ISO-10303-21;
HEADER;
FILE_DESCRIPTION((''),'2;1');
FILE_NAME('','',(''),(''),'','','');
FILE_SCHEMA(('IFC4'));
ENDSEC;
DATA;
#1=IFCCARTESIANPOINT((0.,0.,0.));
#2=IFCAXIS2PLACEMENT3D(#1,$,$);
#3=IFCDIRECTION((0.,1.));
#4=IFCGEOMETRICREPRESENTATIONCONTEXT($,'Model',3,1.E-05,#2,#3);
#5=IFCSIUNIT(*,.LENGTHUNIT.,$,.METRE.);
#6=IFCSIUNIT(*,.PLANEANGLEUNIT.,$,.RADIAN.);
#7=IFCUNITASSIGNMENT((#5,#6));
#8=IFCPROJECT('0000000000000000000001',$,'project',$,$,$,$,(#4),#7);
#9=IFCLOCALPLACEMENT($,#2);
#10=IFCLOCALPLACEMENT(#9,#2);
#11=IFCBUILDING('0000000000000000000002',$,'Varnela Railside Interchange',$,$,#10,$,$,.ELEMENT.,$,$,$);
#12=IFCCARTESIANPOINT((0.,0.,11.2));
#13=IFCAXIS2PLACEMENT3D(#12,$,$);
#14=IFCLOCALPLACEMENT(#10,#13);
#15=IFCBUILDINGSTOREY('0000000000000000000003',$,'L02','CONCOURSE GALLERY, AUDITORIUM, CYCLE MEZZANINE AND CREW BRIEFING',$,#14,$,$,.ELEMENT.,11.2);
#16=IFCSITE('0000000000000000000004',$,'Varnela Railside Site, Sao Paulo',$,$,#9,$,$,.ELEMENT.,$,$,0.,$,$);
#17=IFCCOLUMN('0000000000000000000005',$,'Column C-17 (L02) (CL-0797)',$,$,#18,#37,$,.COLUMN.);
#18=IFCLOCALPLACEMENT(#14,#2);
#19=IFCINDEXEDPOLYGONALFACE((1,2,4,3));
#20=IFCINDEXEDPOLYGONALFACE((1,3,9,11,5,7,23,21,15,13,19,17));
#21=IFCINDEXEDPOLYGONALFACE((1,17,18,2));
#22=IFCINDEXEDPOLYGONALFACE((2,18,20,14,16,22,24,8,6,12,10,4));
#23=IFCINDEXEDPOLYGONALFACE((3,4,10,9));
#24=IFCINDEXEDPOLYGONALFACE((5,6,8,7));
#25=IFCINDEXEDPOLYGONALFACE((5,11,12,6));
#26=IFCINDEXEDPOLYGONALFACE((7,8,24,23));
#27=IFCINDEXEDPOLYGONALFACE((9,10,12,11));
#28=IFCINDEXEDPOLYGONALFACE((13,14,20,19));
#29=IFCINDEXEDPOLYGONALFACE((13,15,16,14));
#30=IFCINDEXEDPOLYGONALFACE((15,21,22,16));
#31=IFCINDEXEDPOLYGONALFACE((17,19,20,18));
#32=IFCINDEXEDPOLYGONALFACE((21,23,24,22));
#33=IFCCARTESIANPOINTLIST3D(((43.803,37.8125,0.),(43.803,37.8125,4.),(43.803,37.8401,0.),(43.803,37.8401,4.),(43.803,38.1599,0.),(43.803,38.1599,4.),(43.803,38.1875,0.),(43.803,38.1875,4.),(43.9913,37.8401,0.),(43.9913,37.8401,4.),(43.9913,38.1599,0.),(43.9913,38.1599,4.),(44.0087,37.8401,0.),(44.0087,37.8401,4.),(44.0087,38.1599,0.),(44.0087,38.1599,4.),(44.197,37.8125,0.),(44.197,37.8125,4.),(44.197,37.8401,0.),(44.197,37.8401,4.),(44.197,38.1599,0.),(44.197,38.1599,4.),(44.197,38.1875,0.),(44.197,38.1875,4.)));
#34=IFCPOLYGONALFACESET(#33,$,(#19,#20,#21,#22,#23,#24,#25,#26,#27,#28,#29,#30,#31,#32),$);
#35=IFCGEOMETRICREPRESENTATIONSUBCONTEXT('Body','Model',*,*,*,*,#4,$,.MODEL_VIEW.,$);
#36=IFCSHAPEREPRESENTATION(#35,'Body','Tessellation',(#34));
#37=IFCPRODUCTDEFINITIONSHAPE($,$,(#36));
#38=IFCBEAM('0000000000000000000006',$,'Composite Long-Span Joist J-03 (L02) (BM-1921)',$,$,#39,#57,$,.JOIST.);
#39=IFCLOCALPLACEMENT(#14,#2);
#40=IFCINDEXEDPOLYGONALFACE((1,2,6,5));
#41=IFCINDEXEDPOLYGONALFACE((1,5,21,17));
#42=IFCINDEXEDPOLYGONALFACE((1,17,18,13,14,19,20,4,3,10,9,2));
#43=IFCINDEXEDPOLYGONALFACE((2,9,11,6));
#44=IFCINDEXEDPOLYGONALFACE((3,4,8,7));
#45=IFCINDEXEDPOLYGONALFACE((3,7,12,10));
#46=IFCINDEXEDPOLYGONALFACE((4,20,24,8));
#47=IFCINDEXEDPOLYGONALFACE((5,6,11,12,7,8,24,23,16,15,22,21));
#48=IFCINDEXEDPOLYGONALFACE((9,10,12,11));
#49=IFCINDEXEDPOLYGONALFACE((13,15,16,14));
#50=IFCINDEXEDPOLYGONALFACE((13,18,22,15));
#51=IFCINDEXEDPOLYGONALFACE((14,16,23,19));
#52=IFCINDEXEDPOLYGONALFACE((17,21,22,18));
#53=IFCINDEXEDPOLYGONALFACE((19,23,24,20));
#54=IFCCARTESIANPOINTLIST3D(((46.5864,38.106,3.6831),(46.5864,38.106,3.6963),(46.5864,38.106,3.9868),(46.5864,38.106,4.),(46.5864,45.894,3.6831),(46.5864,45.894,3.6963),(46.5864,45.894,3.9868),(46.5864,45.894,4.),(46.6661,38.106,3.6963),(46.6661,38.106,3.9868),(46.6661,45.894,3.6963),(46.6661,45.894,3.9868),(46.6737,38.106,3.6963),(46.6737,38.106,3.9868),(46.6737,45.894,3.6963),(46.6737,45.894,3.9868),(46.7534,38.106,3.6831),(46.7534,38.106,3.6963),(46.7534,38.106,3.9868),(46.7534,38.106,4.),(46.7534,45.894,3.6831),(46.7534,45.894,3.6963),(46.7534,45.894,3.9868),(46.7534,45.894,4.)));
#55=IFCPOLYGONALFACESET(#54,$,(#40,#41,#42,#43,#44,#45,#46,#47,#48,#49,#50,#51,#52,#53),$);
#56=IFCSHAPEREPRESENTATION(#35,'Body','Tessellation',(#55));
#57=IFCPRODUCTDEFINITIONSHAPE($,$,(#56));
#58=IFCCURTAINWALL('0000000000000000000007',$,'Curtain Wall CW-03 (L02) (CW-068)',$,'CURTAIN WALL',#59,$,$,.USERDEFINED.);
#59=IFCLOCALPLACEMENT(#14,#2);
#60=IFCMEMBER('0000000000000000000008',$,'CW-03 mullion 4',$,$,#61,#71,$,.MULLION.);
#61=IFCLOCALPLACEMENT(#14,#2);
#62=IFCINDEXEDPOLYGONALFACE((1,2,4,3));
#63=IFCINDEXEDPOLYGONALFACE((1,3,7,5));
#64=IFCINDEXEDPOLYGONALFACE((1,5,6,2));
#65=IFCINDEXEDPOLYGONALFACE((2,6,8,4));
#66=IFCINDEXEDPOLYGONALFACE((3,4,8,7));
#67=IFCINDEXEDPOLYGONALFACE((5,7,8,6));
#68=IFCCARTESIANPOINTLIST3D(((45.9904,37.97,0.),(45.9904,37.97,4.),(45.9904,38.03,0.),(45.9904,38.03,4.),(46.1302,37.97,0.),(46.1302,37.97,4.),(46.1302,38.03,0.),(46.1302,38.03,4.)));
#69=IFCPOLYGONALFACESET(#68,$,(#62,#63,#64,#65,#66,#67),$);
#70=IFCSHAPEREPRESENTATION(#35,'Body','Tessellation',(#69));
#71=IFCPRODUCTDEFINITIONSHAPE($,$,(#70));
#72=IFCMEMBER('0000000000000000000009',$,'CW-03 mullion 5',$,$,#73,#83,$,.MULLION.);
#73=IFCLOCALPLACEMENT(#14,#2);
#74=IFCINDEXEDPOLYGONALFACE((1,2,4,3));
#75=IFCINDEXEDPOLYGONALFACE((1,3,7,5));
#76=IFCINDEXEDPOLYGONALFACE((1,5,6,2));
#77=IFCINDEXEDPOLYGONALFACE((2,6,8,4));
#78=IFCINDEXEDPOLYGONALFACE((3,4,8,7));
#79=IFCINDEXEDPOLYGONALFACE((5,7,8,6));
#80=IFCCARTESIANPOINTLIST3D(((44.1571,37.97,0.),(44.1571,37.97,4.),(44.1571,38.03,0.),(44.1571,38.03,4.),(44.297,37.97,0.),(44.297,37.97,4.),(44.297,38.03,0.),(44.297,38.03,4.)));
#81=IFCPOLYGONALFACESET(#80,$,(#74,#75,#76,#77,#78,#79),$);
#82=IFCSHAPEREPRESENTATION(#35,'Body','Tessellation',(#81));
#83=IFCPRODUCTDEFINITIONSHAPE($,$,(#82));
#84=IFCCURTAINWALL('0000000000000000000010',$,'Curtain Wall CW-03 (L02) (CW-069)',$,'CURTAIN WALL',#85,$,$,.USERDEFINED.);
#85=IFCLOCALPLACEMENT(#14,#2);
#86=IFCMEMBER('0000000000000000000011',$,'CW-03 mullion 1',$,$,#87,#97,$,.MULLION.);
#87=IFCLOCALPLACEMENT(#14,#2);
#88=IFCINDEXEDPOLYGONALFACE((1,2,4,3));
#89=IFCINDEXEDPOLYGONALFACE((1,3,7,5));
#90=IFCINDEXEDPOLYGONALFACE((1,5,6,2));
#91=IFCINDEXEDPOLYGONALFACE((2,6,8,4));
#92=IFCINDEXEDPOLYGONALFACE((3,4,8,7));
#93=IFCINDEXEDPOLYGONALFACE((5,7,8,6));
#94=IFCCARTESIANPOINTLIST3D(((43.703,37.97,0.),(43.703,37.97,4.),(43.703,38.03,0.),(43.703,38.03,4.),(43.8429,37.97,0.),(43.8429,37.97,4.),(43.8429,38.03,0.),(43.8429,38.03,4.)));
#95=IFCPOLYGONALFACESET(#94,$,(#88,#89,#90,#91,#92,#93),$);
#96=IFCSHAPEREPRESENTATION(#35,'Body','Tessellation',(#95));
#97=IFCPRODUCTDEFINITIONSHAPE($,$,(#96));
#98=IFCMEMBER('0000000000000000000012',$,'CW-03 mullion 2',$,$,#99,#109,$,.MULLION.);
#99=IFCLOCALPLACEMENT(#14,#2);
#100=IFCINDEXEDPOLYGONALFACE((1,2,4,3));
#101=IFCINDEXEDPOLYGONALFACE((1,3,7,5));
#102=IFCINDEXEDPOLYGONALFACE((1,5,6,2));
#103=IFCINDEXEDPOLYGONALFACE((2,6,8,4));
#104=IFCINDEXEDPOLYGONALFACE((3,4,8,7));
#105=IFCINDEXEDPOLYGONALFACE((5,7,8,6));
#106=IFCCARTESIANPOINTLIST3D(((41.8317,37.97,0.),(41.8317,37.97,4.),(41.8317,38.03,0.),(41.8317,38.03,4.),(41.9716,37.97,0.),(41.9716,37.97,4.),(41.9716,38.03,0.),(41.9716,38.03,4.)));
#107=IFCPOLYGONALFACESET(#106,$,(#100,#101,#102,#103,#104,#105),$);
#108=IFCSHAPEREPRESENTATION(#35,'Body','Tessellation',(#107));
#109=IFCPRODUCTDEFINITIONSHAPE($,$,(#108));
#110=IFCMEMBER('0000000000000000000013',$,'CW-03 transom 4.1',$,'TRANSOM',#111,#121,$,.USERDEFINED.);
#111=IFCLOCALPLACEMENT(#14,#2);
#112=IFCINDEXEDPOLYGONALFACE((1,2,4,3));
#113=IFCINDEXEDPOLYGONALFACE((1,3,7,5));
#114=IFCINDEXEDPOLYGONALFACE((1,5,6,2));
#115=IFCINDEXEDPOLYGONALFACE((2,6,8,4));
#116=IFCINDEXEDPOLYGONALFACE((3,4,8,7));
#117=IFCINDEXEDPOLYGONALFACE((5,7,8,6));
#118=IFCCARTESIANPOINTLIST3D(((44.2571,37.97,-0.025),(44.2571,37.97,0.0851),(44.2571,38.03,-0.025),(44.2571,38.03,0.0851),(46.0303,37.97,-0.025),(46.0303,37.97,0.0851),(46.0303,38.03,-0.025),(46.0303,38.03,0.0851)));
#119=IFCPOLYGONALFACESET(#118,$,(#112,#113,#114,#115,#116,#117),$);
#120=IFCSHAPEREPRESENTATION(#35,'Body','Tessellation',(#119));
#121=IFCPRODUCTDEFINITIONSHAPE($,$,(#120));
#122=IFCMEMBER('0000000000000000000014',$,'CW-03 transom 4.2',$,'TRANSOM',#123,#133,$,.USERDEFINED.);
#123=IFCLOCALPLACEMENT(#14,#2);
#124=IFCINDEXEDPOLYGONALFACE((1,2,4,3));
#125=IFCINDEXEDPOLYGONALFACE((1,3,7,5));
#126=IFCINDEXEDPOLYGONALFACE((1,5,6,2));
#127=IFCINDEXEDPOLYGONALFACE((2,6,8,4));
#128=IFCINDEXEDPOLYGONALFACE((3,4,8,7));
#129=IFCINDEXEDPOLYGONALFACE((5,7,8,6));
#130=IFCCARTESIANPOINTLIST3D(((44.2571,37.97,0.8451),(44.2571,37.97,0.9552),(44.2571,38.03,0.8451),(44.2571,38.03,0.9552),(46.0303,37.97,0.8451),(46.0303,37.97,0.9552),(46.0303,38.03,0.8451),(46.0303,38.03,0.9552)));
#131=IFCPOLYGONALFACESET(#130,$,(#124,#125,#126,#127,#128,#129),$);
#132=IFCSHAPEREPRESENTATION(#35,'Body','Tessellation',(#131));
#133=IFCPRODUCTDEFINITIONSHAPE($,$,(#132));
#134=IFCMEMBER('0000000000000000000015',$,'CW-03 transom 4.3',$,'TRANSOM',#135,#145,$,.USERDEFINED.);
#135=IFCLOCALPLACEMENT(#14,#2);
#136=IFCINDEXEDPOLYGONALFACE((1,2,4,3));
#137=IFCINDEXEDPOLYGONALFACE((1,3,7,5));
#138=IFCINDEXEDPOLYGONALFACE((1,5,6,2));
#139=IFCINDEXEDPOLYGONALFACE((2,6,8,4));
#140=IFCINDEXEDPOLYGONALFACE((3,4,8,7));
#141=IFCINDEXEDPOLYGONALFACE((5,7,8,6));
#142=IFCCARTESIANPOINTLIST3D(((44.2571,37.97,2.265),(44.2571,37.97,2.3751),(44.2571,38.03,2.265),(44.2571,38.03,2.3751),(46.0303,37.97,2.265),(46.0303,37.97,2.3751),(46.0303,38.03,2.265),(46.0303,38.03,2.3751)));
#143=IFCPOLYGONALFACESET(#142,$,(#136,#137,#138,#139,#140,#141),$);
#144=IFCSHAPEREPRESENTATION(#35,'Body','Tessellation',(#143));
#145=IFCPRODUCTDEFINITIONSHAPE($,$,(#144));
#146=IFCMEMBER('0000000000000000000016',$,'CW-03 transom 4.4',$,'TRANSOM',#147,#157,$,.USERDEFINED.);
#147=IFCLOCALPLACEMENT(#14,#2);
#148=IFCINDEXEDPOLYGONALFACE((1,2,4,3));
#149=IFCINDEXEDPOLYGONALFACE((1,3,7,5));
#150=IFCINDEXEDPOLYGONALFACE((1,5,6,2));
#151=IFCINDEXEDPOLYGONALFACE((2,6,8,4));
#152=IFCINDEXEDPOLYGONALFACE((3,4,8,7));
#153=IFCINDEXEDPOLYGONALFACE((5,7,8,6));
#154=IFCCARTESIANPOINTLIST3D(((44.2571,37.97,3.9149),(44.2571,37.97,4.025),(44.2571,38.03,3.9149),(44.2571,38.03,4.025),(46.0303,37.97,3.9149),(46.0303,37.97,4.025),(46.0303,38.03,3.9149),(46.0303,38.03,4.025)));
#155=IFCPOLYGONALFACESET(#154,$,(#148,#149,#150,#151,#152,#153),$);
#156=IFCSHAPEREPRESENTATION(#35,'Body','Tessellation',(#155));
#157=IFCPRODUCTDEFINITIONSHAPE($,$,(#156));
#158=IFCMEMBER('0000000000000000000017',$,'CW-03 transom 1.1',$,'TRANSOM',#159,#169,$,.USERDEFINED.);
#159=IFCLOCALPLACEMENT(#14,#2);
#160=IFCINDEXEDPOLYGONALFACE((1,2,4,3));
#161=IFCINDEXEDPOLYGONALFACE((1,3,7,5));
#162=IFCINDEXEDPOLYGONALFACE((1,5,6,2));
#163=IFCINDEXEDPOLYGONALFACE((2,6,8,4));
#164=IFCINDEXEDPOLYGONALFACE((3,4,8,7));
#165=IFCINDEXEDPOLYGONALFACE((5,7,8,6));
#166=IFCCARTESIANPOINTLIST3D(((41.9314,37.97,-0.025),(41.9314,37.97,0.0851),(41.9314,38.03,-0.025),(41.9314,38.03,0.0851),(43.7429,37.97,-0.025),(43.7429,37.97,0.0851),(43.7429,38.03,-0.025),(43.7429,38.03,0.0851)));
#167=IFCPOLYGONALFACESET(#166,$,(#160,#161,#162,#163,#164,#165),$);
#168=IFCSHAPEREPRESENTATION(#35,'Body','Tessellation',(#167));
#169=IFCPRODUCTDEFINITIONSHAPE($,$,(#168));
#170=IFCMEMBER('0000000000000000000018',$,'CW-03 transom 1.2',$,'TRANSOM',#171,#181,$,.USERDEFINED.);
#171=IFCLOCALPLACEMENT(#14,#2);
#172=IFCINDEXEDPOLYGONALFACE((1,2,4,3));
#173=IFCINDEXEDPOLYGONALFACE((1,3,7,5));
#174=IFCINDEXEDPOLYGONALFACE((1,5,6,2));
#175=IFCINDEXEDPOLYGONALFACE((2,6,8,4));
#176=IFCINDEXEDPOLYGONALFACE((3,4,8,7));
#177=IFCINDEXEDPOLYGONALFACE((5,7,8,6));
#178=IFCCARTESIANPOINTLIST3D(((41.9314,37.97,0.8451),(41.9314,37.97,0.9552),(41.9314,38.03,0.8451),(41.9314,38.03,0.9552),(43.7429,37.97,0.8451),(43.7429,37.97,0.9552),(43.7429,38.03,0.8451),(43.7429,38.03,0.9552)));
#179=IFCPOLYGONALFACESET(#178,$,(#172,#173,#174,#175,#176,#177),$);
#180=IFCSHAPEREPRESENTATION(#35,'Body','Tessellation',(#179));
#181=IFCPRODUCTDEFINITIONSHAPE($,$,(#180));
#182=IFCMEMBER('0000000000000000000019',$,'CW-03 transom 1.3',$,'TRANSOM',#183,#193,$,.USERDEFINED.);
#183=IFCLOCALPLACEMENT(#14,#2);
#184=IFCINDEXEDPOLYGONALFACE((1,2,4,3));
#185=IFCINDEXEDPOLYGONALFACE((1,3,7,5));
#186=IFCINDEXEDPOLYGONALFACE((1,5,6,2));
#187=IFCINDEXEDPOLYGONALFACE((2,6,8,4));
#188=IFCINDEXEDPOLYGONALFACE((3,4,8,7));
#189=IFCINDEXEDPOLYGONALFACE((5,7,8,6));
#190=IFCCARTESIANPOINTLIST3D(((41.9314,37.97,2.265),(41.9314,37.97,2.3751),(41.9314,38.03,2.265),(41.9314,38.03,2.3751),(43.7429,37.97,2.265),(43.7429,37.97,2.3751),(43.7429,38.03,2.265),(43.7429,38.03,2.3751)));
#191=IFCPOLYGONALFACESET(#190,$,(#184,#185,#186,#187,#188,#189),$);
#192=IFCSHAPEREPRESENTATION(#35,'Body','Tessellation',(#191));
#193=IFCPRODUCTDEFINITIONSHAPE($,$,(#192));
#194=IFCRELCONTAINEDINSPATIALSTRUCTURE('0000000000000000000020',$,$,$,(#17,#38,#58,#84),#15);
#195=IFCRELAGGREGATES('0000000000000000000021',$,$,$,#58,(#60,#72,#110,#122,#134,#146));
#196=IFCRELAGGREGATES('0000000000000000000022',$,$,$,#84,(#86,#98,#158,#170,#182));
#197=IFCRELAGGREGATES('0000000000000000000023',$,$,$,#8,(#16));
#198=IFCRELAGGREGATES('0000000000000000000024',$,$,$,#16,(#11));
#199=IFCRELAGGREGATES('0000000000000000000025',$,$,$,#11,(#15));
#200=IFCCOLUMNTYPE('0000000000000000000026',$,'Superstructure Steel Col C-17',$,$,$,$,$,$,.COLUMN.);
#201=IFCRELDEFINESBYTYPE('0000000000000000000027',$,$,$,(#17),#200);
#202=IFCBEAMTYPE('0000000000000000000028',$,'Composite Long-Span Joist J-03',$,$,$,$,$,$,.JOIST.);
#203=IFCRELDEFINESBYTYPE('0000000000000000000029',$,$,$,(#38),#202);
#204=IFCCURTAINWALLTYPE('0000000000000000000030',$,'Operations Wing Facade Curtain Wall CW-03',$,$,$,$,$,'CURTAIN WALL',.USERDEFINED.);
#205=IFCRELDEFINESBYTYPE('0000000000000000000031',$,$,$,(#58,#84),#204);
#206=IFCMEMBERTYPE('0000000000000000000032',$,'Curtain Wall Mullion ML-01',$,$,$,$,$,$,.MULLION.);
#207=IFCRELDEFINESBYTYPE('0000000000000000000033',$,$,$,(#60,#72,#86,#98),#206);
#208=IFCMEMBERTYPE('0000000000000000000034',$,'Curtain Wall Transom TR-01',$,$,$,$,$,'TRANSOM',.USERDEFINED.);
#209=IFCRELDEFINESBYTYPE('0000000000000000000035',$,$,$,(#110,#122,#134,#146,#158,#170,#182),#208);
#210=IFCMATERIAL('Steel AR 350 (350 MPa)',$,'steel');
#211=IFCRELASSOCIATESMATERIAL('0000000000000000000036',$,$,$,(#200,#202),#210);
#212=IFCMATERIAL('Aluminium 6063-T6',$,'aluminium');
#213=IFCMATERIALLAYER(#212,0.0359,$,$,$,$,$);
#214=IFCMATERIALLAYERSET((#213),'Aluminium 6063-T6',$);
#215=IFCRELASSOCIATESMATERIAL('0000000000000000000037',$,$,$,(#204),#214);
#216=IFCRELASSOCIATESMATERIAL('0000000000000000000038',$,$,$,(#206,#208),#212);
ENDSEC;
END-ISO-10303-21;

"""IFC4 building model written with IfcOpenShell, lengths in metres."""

from ifc_helpers import new_model, si_unit, direction, frame, origin, origin_2d, place, context, subcontext, project, spatial, rectangle, i_section, extrude, material, layer, layer_set, material_profile, profile_set, type_object, element, aggregate, save


model = new_model("IFC4")

# Units and contexts
model_context = context("Model", 3, precision=1e-05, world=origin(), true_north=direction((0.0, 1.0)))
body_context = subcontext(model_context, "Body", "Model", "MODEL_VIEW")
ifc_project = project(units=[si_unit("LENGTHUNIT", "METRE"), si_unit("PLANEANGLEUNIT", "RADIAN")], contexts=[model_context])

# Site, building, storey
site_placement = place(None, origin())
site = spatial("IfcSite", under=ifc_project, at=site_placement, Name="Varnela Railside Site, Sao Paulo", CompositionType="ELEMENT", RefElevation=0.0)
building_placement = place(site_placement, origin())
building = spatial("IfcBuilding", under=site, at=building_placement, Name="Varnela Railside Interchange", CompositionType="ELEMENT")
storey_placement = place(building_placement, frame((0.0, 0.0, 11.2)))
storey = spatial("IfcBuildingStorey", under=building, at=storey_placement, Name="L02", Description="CONCOURSE GALLERY, AUDITORIUM, CYCLE MEZZANINE AND CREW BRIEFING", CompositionType="ELEMENT", Elevation=11.2)

# Column
ifc_material_1 = material(Name="Steel AR 350 (350 MPa)", Category="steel")
ifc_material_profile_1 = material_profile(ifc_material_1, i_section(OverallWidth=0.394, OverallDepth=0.375, WebThickness=0.0173, FlangeThickness=0.0276, at=origin_2d()), Name="W360x216")
ifc_profile_set_1 = profile_set([ifc_material_profile_1], Name="Steel AR 350 (350 MPa)")
column_type = type_object("IfcColumnType", Name="Superstructure Steel Col C-17", PredefinedType="COLUMN", material=ifc_profile_set_1)
column_placement = place(storey_placement, frame((44.0, 38.0, 0.0), z_axis=(0.0, 0.0, 1.0), x_axis=(1.0, 0.0, 0.0)))
element("IfcColumn", 1, at=column_placement, inside=storey, type_object=column_type, Name="Column C-17 (L02) (CL-0797)", PredefinedType="COLUMN", context=body_context, shape_type="SweptSolid", body=[
    extrude(i_section(OverallWidth=0.394, OverallDepth=0.375, WebThickness=0.0173, FlangeThickness=0.0276, at=origin_2d()), origin(), (0.0, 0.0, 1.0), 4.0),
])

# Beam
ifc_material_profile_2 = material_profile(ifc_material_1, i_section(OverallWidth=0.167, OverallDepth=0.3169, WebThickness=0.0076, FlangeThickness=0.0132, at=origin_2d()), Name="W310x52")
ifc_profile_set_2 = profile_set([ifc_material_profile_2], Name="Steel AR 350 (350 MPa)")
beam_type_1 = type_object("IfcBeamType", Name="Composite Long-Span Joist J-03", PredefinedType="JOIST", material=ifc_profile_set_2)
beam_1_placement = place(storey_placement, frame((46.6699, 38.106, 3.8416), z_axis=(0.0, 1.0, 0.0), x_axis=(-1.0, 0.0, 0.0)))
element("IfcBeam", 2, at=beam_1_placement, inside=storey, type_object=beam_type_1, Name="Composite Long-Span Joist J-03 (L02) (BM-1921)", PredefinedType="JOIST", context=body_context, shape_type="SweptSolid", body=[
    extrude(i_section(OverallWidth=0.167, OverallDepth=0.3169, WebThickness=0.0076, FlangeThickness=0.0132, at=origin_2d()), origin(), (0.0, 0.0, 1.0), 7.7881),
])

# Curtain walls, members
ifc_material_2 = material(Name="Aluminium 6063-T6", Category="aluminium")
ifc_layer_1 = layer(ifc_material_2, 0.0359)
ifc_layer_set_1 = layer_set([ifc_layer_1], Name="Aluminium 6063-T6")
curtain_wall_type = type_object("IfcCurtainWallType", Name="Operations Wing Facade Curtain Wall CW-03", ElementType="CURTAIN WALL", PredefinedType="USERDEFINED", material=ifc_layer_set_1)
curtain_wall_1_placement = place(storey_placement, origin())
curtain_wall_1 = element("IfcCurtainWall", 3, at=curtain_wall_1_placement, inside=storey, type_object=curtain_wall_type, Name="Curtain Wall CW-03 (L02) (CW-068)", ObjectType="CURTAIN WALL", PredefinedType="USERDEFINED")
ifc_material_profile_3 = material_profile(ifc_material_2, rectangle(XDim=0.0601, YDim=0.1399, at=origin_2d()), Name="ALU 60x140")
ifc_profile_set_3 = profile_set([ifc_material_profile_3], Name="Aluminium 6063-T6")
member_type_1 = type_object("IfcMemberType", Name="Curtain Wall Mullion ML-01", PredefinedType="MULLION", material=ifc_profile_set_3)
member_1_placement = place(storey_placement, frame((46.0603, 38.0, 0.0), z_axis=(0.0, 0.0, 1.0), x_axis=(0.0, -1.0, 0.0)))
member_1 = element("IfcMember", 4, at=member_1_placement, type_object=member_type_1, Name="CW-03 mullion 4", PredefinedType="MULLION", context=body_context, shape_type="SweptSolid", body=[
    extrude(rectangle(XDim=0.0601, YDim=0.1399, at=origin_2d()), origin(), (0.0, 0.0, 1.0), 4.0),
])
member_2_placement = place(storey_placement, frame((44.2271, 38.0, 0.0), z_axis=(0.0, 0.0, 1.0), x_axis=(0.0, -1.0, 0.0)))
member_2 = element("IfcMember", 5, at=member_2_placement, type_object=member_type_1, Name="CW-03 mullion 5", PredefinedType="MULLION", context=body_context, shape_type="SweptSolid", body=[
    extrude(rectangle(XDim=0.0601, YDim=0.1399, at=origin_2d()), origin(), (0.0, 0.0, 1.0), 4.0),
])
curtain_wall_2_placement = place(storey_placement, origin())
curtain_wall_2 = element("IfcCurtainWall", 6, at=curtain_wall_2_placement, inside=storey, type_object=curtain_wall_type, Name="Curtain Wall CW-03 (L02) (CW-069)", ObjectType="CURTAIN WALL", PredefinedType="USERDEFINED")
member_3_placement = place(storey_placement, frame((43.7729, 38.0, 0.0), z_axis=(0.0, 0.0, 1.0), x_axis=(0.0, -1.0, 0.0)))
member_3 = element("IfcMember", 7, at=member_3_placement, type_object=member_type_1, Name="CW-03 mullion 1", PredefinedType="MULLION", context=body_context, shape_type="SweptSolid", body=[
    extrude(rectangle(XDim=0.0601, YDim=0.1399, at=origin_2d()), origin(), (0.0, 0.0, 1.0), 4.0),
])
member_4_placement = place(storey_placement, frame((41.9016, 38.0, 0.0), z_axis=(0.0, 0.0, 1.0), x_axis=(0.0, -1.0, 0.0)))
member_4 = element("IfcMember", 8, at=member_4_placement, type_object=member_type_1, Name="CW-03 mullion 2", PredefinedType="MULLION", context=body_context, shape_type="SweptSolid", body=[
    extrude(rectangle(XDim=0.0601, YDim=0.1399, at=origin_2d()), origin(), (0.0, 0.0, 1.0), 4.0),
])

# Members
ifc_material_profile_4 = material_profile(ifc_material_2, rectangle(XDim=0.0601, YDim=0.1101, at=origin_2d()), Name="ALU 60x110")
ifc_profile_set_4 = profile_set([ifc_material_profile_4], Name="Aluminium 6063-T6")
member_type_2 = type_object("IfcMemberType", Name="Curtain Wall Transom TR-01", ElementType="TRANSOM", PredefinedType="USERDEFINED", material=ifc_profile_set_4)
member_5_placement = place(storey_placement, frame((46.0303, 38.0, 0.03), z_axis=(-1.0, 0.0, 0.0), x_axis=(0.0, -1.0, 0.0)))
member_5 = element("IfcMember", 9, at=member_5_placement, type_object=member_type_2, Name="CW-03 transom 4.1", ObjectType="TRANSOM", PredefinedType="USERDEFINED", context=body_context, shape_type="SweptSolid", body=[
    extrude(rectangle(XDim=0.0601, YDim=0.1101, at=origin_2d()), origin(), (0.0, 0.0, 1.0), 1.7732),
])
member_6_placement = place(storey_placement, frame((46.0303, 38.0, 0.9001), z_axis=(-1.0, 0.0, 0.0), x_axis=(0.0, -1.0, 0.0)))
member_6 = element("IfcMember", 10, at=member_6_placement, type_object=member_type_2, Name="CW-03 transom 4.2", ObjectType="TRANSOM", PredefinedType="USERDEFINED", context=body_context, shape_type="SweptSolid", body=[
    extrude(rectangle(XDim=0.0601, YDim=0.1101, at=origin_2d()), origin(), (0.0, 0.0, 1.0), 1.7732),
])
member_7_placement = place(storey_placement, frame((46.0303, 38.0, 2.3201), z_axis=(-1.0, 0.0, 0.0), x_axis=(0.0, -1.0, 0.0)))
member_7 = element("IfcMember", 11, at=member_7_placement, type_object=member_type_2, Name="CW-03 transom 4.3", ObjectType="TRANSOM", PredefinedType="USERDEFINED", context=body_context, shape_type="SweptSolid", body=[
    extrude(rectangle(XDim=0.0601, YDim=0.1101, at=origin_2d()), origin(), (0.0, 0.0, 1.0), 1.7732),
])
member_8_placement = place(storey_placement, frame((46.0303, 38.0, 3.97), z_axis=(-1.0, 0.0, 0.0), x_axis=(0.0, -1.0, 0.0)))
member_8 = element("IfcMember", 12, at=member_8_placement, type_object=member_type_2, Name="CW-03 transom 4.4", ObjectType="TRANSOM", PredefinedType="USERDEFINED", context=body_context, shape_type="SweptSolid", body=[
    extrude(rectangle(XDim=0.0601, YDim=0.1101, at=origin_2d()), origin(), (0.0, 0.0, 1.0), 1.7732),
])
member_9_placement = place(storey_placement, frame((43.7429, 38.0, 0.03), z_axis=(-1.0, 0.0, 0.0), x_axis=(0.0, -1.0, 0.0)))
member_9 = element("IfcMember", 13, at=member_9_placement, type_object=member_type_2, Name="CW-03 transom 1.1", ObjectType="TRANSOM", PredefinedType="USERDEFINED", context=body_context, shape_type="SweptSolid", body=[
    extrude(rectangle(XDim=0.0601, YDim=0.1101, at=origin_2d()), origin(), (0.0, 0.0, 1.0), 1.8115),
])
member_10_placement = place(storey_placement, frame((43.7429, 38.0, 0.9001), z_axis=(-1.0, 0.0, 0.0), x_axis=(0.0, -1.0, 0.0)))
member_10 = element("IfcMember", 14, at=member_10_placement, type_object=member_type_2, Name="CW-03 transom 1.2", ObjectType="TRANSOM", PredefinedType="USERDEFINED", context=body_context, shape_type="SweptSolid", body=[
    extrude(rectangle(XDim=0.0601, YDim=0.1101, at=origin_2d()), origin(), (0.0, 0.0, 1.0), 1.8115),
])
member_11_placement = place(storey_placement, frame((43.7429, 38.0, 2.3201), z_axis=(-1.0, 0.0, 0.0), x_axis=(0.0, -1.0, 0.0)))
member_11 = element("IfcMember", 15, at=member_11_placement, type_object=member_type_2, Name="CW-03 transom 1.3", ObjectType="TRANSOM", PredefinedType="USERDEFINED", context=body_context, shape_type="SweptSolid", body=[
    extrude(rectangle(XDim=0.0601, YDim=0.1101, at=origin_2d()), origin(), (0.0, 0.0, 1.0), 1.8115),
])

aggregate(curtain_wall_1, [member_1, member_2, member_5, member_6, member_7, member_8])
aggregate(curtain_wall_2, [member_3, member_4, member_9, member_10, member_11])

save(model, "model.ifc")
